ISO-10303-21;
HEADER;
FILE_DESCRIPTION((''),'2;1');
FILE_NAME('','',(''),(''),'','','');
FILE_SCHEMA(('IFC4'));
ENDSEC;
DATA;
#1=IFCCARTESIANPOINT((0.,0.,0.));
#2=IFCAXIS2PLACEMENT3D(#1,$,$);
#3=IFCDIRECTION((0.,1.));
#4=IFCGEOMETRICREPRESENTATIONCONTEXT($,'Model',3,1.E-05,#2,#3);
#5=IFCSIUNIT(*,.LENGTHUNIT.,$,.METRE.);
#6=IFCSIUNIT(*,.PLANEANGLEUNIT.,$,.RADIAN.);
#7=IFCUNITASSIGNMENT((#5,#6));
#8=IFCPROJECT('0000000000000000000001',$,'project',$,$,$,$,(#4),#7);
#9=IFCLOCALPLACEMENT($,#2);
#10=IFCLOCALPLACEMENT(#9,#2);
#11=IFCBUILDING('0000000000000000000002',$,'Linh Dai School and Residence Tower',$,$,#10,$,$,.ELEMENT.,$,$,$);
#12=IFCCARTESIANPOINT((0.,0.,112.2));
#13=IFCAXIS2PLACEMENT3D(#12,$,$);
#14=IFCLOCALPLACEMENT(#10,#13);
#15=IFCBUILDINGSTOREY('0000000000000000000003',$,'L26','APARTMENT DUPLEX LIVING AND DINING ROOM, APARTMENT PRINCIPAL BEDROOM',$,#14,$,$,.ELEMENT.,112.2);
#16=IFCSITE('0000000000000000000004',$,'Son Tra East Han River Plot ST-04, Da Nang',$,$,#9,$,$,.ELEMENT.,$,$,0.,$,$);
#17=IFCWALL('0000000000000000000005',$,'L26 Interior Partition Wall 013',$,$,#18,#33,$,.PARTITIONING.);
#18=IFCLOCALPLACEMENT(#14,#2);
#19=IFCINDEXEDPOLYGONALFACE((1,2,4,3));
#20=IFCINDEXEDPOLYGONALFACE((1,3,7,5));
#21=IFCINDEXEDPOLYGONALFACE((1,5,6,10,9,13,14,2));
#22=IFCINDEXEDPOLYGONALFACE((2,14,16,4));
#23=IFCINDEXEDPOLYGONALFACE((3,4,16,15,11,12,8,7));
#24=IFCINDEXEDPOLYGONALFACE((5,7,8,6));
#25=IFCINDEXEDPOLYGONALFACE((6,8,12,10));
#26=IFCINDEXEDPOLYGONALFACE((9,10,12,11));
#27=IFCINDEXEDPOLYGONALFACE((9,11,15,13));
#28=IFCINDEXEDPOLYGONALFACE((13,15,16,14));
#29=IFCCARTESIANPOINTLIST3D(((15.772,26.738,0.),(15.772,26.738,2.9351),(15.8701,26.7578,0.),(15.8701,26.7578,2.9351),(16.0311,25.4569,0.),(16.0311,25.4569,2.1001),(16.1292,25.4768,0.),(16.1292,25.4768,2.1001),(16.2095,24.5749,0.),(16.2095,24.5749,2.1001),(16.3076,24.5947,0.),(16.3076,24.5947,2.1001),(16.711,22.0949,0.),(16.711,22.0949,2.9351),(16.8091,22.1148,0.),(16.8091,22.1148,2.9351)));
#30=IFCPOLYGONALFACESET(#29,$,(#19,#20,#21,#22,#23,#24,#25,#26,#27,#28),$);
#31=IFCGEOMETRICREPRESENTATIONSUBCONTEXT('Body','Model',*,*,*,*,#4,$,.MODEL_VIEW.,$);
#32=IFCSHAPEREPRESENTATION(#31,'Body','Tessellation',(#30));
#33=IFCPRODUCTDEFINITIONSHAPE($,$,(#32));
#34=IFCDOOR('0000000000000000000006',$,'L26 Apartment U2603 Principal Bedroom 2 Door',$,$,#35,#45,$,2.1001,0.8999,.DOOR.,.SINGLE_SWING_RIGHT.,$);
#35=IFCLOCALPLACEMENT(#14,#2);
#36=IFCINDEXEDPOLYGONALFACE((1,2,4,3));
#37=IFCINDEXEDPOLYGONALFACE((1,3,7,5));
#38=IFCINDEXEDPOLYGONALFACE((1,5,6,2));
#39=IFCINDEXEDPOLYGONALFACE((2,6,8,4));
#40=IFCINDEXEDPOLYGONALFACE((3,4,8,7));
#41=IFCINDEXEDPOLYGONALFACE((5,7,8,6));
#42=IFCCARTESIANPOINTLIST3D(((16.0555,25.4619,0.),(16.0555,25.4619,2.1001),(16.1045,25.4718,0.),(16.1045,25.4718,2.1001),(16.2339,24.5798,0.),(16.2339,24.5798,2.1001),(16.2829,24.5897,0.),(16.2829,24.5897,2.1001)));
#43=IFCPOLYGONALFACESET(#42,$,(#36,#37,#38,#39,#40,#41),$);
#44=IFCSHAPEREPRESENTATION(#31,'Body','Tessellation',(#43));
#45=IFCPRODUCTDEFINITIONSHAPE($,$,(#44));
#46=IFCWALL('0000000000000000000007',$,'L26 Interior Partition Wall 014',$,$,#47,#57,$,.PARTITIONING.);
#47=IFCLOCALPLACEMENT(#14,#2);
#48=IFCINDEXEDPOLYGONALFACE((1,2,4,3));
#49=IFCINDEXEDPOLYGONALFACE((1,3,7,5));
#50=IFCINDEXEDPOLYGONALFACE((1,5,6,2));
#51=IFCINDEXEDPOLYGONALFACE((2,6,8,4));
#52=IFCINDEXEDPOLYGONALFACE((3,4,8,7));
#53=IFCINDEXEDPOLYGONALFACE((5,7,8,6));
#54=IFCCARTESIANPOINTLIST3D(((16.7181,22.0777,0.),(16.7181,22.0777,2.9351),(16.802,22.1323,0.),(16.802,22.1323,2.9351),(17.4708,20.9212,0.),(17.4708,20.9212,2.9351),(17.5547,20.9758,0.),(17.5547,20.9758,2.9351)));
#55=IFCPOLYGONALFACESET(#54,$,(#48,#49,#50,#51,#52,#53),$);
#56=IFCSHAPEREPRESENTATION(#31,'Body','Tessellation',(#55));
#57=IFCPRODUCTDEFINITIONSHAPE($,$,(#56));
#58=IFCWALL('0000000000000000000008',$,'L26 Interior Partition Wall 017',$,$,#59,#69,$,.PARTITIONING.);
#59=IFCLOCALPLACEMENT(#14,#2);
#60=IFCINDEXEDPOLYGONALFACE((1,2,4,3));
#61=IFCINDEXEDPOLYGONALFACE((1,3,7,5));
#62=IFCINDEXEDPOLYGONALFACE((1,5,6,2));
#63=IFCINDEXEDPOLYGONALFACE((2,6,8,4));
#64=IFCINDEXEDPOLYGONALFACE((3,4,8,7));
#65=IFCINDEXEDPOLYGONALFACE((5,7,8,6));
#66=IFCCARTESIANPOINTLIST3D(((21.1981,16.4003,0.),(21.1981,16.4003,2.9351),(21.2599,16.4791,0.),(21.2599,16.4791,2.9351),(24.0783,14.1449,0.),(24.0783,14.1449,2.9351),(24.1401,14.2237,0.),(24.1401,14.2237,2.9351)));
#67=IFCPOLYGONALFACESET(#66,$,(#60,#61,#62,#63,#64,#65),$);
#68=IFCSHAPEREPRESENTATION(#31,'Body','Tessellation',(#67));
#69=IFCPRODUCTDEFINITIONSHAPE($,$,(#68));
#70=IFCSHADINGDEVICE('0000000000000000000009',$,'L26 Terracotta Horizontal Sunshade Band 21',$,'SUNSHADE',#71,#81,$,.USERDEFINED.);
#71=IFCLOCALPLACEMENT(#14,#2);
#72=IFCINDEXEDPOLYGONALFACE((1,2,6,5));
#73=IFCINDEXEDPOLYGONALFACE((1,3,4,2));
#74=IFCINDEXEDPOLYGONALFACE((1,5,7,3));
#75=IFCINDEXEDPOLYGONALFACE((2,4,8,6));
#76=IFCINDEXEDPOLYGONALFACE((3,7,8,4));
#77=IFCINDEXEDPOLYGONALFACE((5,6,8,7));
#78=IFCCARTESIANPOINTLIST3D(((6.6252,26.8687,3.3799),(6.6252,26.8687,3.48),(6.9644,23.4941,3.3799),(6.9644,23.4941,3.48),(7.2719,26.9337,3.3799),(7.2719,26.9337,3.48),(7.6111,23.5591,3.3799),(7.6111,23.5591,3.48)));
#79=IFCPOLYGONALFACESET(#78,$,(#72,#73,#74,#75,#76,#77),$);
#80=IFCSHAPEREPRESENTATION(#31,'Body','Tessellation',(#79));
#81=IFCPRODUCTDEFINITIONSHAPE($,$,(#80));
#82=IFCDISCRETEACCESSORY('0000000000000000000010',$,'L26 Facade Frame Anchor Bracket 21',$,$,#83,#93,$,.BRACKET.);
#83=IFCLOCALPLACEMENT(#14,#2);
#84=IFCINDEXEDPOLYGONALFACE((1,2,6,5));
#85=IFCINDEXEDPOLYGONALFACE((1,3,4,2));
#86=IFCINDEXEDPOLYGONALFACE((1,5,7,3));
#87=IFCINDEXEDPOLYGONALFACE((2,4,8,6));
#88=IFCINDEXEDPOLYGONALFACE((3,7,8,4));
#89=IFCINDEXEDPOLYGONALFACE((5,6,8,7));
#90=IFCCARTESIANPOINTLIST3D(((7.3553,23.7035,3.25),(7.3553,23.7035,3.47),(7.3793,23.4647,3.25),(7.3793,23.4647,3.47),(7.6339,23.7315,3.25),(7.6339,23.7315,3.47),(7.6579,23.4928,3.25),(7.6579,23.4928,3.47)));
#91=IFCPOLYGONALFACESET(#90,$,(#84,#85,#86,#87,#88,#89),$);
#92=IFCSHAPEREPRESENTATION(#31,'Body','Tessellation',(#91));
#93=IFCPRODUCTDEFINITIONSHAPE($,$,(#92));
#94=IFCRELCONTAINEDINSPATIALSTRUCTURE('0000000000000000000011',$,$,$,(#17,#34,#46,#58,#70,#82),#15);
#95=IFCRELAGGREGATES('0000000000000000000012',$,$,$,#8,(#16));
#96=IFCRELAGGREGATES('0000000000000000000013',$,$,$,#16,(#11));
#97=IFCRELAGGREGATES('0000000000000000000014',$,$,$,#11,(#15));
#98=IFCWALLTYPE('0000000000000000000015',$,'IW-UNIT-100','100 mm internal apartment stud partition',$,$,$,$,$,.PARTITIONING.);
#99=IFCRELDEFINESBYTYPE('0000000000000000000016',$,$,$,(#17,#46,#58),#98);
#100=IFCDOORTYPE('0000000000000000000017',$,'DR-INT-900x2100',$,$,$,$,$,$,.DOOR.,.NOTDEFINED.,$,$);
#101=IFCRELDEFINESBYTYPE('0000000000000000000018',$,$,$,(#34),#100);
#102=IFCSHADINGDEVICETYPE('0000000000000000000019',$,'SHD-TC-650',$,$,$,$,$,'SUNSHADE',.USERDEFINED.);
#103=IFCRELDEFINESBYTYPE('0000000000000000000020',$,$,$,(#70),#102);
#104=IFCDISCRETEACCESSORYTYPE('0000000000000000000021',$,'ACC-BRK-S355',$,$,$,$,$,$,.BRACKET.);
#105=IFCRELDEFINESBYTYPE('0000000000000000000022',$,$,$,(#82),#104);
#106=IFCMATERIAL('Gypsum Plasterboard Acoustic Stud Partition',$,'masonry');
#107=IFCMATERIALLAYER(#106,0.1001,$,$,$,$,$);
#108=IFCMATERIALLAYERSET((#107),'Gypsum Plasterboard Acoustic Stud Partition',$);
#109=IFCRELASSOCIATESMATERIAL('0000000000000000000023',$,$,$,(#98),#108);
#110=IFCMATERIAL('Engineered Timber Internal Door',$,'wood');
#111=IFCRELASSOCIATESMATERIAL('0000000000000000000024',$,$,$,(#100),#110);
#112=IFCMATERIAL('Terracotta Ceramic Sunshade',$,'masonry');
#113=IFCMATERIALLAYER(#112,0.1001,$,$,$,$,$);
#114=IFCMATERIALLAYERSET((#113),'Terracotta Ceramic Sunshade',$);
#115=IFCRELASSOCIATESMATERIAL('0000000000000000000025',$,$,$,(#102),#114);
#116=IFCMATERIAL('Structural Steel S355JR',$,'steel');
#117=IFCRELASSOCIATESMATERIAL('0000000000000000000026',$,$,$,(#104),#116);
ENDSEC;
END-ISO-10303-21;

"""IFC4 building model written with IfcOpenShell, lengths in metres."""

from ifc_helpers import new_model, si_unit, direction, frame, frame_2d, origin, origin_2d, place, context, subcontext, project, spatial, rectangle, extrude, source, transform, mapped, material, layer, layer_set, type_object, element, fill, save


model = new_model("IFC4")

# Units and contexts
model_context = context("Model", 3, precision=1e-05, world=origin(), true_north=direction((0.0, 1.0)))
body_context = subcontext(model_context, "Body", "Model", "MODEL_VIEW")
ifc_project = project(units=[si_unit("LENGTHUNIT", "METRE"), si_unit("PLANEANGLEUNIT", "RADIAN")], contexts=[model_context])

# Site, building, storey
site_placement = place(None, origin())
site = spatial("IfcSite", under=ifc_project, at=site_placement, Name="Son Tra East Han River Plot ST-04, Da Nang", CompositionType="ELEMENT", RefElevation=0.0)
building_placement = place(site_placement, origin())
building = spatial("IfcBuilding", under=site, at=building_placement, Name="Linh Dai School and Residence Tower", CompositionType="ELEMENT")
storey_placement = place(building_placement, frame((0.0, 0.0, 112.2)))
storey = spatial("IfcBuildingStorey", under=building, at=storey_placement, Name="L26", Description="APARTMENT DUPLEX LIVING AND DINING ROOM, APARTMENT PRINCIPAL BEDROOM", CompositionType="ELEMENT", Elevation=112.2)

# Shared definitions
ifc_material_1 = material(Name="Structural Steel S355JR", Category="steel")

# Shared definitions
ifc_material_2 = material(Name="Gypsum Plasterboard Acoustic Stud Partition", Category="masonry")
ifc_layer_1 = layer(ifc_material_2, 0.1001)
ifc_layer_set_1 = layer_set([ifc_layer_1], Name="Gypsum Plasterboard Acoustic Stud Partition")
wall_type_1 = type_object("IfcWallType", Name="IW-UNIT-100", Description="100 mm internal apartment stud partition", PredefinedType="PARTITIONING", material=ifc_layer_set_1)

# Shared definitions
ifc_material_3 = material(Name="Engineered Timber Internal Door", Category="wood")
door_type_1 = type_object("IfcDoorType", Name="DR-INT-900x2100", OperationType="NOTDEFINED", PredefinedType="DOOR", material=ifc_material_3)
shared_shape_1 = source(origin(), body_context, "Body", "SweptSolid", [
    extrude(rectangle(XDim=0.8999, YDim=2.1001, at=origin_2d()), frame((0.45, 0.0249, 1.05), z_axis=(0.0, -1.0, 0.0), x_axis=(1.0, 0.0, 0.0)), (0.0, 0.0, 1.0), 0.05),
])

# Wall, opening, door
wall_1_placement = place(storey_placement, frame((15.821, 26.748, 0.0), z_axis=(0.0, 0.0, 1.0), x_axis=(0.198217, -0.980158, 0.0)))
wall_1 = element("IfcWall", 1, at=wall_1_placement, inside=storey, type_object=wall_type_1, Name="L26 Interior Partition Wall 013", PredefinedType="PARTITIONING", context=body_context, shape_type="SweptSolid", body=[
    extrude(rectangle(XDim=4.7371, YDim=0.1001, at=frame_2d((2.3687, 0.0))), origin(), (0.0, 0.0, 1.0), 2.9351),
])
opening_1_placement = place(wall_1_placement, frame((1.3071, 0.0, 0.0)))
opening_1 = element("IfcOpeningElement", 2, at=opening_1_placement, cuts=wall_1, PredefinedType="OPENING", context=body_context, shape_type="SweptSolid", body=[
    extrude(rectangle(XDim=0.8999, YDim=2.1001, at=origin_2d()), frame((0.45, 0.0601, 1.05), z_axis=(0.0, -1.0, 0.0), x_axis=(1.0, 0.0, 0.0)), (0.0, 0.0, 1.0), 0.1201),
])
door_1_placement = place(opening_1_placement, origin())
door_1 = element("IfcDoor", 3, at=door_1_placement, inside=storey, type_object=door_type_1, Name="L26 Apartment U2603 Principal Bedroom 2 Door", OperationType="SINGLE_SWING_RIGHT", OverallHeight=2.1001, OverallWidth=0.8999, PredefinedType="DOOR", context=body_context, shape_type="MappedRepresentation", body=[
    mapped(shared_shape_1, transform((0.0, 0.0, 0.0), x_axis=(1.0, 0.0, 0.0), y_axis=(0.0, 1.0, 0.0), z_axis=(0.0, 0.0, 1.0), scale=1.0)),
])
fill(opening_1, door_1)

# Walls
wall_2_placement = place(storey_placement, frame((16.76, 22.105, 0.0), z_axis=(0.0, 0.0, 1.0), x_axis=(0.54548, -0.838124, 0.0)))
element("IfcWall", 4, at=wall_2_placement, inside=storey, type_object=wall_type_1, Name="L26 Interior Partition Wall 014", PredefinedType="PARTITIONING", context=body_context, shape_type="SweptSolid", body=[
    extrude(rectangle(XDim=1.3799, YDim=0.1001, at=frame_2d((0.6899, 0.0))), origin(), (0.0, 0.0, 1.0), 2.9351),
])
wall_3_placement = place(storey_placement, frame((21.229, 16.4397, 0.0), z_axis=(0.0, 0.0, 1.0), x_axis=(0.787325, -0.616539, 0.0)))
element("IfcWall", 5, at=wall_3_placement, inside=storey, type_object=wall_type_1, Name="L26 Interior Partition Wall 017", PredefinedType="PARTITIONING", context=body_context, shape_type="SweptSolid", body=[
    extrude(rectangle(XDim=3.6582, YDim=0.1001, at=frame_2d((1.8291, 0.0))), origin(), (0.0, 0.0, 1.0), 2.9351),
])

# Shading device
ifc_material_4 = material(Name="Terracotta Ceramic Sunshade", Category="masonry")
ifc_layer_2 = layer(ifc_material_4, 0.1001)
ifc_layer_set_2 = layer_set([ifc_layer_2], Name="Terracotta Ceramic Sunshade")
shading_device_type = type_object("IfcShadingDeviceType", Name="SHD-TC-650", ElementType="SUNSHADE", PredefinedType="USERDEFINED", material=ifc_layer_set_2)
shared_shape_2 = source(origin(), body_context, "Body", "SweptSolid", [
    extrude(rectangle(XDim=3.3916, YDim=0.6499, at=origin_2d()), origin(), (0.0, 0.0, 1.0), 0.1001),
])
shading_device_placement = place(storey_placement, frame((7.1182, 25.2139, 3.3799), z_axis=(0.0, 0.0, 1.0), x_axis=(-0.100007, 0.994987, 0.0)))
element("IfcShadingDevice", 6, at=shading_device_placement, inside=storey, type_object=shading_device_type, Name="L26 Terracotta Horizontal Sunshade Band 21", ObjectType="SUNSHADE", PredefinedType="USERDEFINED", context=body_context, shape_type="MappedRepresentation", body=[
    mapped(shared_shape_2, transform((0.0, 0.0, 0.0), x_axis=(1.0, 0.0, 0.0), y_axis=(0.0, 1.0, 0.0), z_axis=(0.0, 0.0, 1.0), scale=1.0)),
])

# Discrete accessory
discrete_accessory_type = type_object("IfcDiscreteAccessoryType", Name="ACC-BRK-S355", PredefinedType="BRACKET", material=ifc_material_1)
shared_shape_3 = source(origin(), body_context, "Body", "SweptSolid", [
    extrude(rectangle(XDim=0.28, YDim=0.24, at=origin_2d()), origin(), (0.0, 0.0, 1.0), 0.22),
])
discrete_accessory_placement = place(storey_placement, frame((7.5066, 23.5981, 3.25), z_axis=(0.0, 0.0, 1.0), x_axis=(-0.994987, -0.100007, 0.0)))
element("IfcDiscreteAccessory", 7, at=discrete_accessory_placement, inside=storey, type_object=discrete_accessory_type, Name="L26 Facade Frame Anchor Bracket 21", PredefinedType="BRACKET", context=body_context, shape_type="MappedRepresentation", body=[
    mapped(shared_shape_3, transform((0.0, 0.0, 0.0), x_axis=(1.0, 0.0, 0.0), y_axis=(0.0, 1.0, 0.0), z_axis=(0.0, 0.0, 1.0), scale=1.0)),
])

save(model, "model.ifc")
